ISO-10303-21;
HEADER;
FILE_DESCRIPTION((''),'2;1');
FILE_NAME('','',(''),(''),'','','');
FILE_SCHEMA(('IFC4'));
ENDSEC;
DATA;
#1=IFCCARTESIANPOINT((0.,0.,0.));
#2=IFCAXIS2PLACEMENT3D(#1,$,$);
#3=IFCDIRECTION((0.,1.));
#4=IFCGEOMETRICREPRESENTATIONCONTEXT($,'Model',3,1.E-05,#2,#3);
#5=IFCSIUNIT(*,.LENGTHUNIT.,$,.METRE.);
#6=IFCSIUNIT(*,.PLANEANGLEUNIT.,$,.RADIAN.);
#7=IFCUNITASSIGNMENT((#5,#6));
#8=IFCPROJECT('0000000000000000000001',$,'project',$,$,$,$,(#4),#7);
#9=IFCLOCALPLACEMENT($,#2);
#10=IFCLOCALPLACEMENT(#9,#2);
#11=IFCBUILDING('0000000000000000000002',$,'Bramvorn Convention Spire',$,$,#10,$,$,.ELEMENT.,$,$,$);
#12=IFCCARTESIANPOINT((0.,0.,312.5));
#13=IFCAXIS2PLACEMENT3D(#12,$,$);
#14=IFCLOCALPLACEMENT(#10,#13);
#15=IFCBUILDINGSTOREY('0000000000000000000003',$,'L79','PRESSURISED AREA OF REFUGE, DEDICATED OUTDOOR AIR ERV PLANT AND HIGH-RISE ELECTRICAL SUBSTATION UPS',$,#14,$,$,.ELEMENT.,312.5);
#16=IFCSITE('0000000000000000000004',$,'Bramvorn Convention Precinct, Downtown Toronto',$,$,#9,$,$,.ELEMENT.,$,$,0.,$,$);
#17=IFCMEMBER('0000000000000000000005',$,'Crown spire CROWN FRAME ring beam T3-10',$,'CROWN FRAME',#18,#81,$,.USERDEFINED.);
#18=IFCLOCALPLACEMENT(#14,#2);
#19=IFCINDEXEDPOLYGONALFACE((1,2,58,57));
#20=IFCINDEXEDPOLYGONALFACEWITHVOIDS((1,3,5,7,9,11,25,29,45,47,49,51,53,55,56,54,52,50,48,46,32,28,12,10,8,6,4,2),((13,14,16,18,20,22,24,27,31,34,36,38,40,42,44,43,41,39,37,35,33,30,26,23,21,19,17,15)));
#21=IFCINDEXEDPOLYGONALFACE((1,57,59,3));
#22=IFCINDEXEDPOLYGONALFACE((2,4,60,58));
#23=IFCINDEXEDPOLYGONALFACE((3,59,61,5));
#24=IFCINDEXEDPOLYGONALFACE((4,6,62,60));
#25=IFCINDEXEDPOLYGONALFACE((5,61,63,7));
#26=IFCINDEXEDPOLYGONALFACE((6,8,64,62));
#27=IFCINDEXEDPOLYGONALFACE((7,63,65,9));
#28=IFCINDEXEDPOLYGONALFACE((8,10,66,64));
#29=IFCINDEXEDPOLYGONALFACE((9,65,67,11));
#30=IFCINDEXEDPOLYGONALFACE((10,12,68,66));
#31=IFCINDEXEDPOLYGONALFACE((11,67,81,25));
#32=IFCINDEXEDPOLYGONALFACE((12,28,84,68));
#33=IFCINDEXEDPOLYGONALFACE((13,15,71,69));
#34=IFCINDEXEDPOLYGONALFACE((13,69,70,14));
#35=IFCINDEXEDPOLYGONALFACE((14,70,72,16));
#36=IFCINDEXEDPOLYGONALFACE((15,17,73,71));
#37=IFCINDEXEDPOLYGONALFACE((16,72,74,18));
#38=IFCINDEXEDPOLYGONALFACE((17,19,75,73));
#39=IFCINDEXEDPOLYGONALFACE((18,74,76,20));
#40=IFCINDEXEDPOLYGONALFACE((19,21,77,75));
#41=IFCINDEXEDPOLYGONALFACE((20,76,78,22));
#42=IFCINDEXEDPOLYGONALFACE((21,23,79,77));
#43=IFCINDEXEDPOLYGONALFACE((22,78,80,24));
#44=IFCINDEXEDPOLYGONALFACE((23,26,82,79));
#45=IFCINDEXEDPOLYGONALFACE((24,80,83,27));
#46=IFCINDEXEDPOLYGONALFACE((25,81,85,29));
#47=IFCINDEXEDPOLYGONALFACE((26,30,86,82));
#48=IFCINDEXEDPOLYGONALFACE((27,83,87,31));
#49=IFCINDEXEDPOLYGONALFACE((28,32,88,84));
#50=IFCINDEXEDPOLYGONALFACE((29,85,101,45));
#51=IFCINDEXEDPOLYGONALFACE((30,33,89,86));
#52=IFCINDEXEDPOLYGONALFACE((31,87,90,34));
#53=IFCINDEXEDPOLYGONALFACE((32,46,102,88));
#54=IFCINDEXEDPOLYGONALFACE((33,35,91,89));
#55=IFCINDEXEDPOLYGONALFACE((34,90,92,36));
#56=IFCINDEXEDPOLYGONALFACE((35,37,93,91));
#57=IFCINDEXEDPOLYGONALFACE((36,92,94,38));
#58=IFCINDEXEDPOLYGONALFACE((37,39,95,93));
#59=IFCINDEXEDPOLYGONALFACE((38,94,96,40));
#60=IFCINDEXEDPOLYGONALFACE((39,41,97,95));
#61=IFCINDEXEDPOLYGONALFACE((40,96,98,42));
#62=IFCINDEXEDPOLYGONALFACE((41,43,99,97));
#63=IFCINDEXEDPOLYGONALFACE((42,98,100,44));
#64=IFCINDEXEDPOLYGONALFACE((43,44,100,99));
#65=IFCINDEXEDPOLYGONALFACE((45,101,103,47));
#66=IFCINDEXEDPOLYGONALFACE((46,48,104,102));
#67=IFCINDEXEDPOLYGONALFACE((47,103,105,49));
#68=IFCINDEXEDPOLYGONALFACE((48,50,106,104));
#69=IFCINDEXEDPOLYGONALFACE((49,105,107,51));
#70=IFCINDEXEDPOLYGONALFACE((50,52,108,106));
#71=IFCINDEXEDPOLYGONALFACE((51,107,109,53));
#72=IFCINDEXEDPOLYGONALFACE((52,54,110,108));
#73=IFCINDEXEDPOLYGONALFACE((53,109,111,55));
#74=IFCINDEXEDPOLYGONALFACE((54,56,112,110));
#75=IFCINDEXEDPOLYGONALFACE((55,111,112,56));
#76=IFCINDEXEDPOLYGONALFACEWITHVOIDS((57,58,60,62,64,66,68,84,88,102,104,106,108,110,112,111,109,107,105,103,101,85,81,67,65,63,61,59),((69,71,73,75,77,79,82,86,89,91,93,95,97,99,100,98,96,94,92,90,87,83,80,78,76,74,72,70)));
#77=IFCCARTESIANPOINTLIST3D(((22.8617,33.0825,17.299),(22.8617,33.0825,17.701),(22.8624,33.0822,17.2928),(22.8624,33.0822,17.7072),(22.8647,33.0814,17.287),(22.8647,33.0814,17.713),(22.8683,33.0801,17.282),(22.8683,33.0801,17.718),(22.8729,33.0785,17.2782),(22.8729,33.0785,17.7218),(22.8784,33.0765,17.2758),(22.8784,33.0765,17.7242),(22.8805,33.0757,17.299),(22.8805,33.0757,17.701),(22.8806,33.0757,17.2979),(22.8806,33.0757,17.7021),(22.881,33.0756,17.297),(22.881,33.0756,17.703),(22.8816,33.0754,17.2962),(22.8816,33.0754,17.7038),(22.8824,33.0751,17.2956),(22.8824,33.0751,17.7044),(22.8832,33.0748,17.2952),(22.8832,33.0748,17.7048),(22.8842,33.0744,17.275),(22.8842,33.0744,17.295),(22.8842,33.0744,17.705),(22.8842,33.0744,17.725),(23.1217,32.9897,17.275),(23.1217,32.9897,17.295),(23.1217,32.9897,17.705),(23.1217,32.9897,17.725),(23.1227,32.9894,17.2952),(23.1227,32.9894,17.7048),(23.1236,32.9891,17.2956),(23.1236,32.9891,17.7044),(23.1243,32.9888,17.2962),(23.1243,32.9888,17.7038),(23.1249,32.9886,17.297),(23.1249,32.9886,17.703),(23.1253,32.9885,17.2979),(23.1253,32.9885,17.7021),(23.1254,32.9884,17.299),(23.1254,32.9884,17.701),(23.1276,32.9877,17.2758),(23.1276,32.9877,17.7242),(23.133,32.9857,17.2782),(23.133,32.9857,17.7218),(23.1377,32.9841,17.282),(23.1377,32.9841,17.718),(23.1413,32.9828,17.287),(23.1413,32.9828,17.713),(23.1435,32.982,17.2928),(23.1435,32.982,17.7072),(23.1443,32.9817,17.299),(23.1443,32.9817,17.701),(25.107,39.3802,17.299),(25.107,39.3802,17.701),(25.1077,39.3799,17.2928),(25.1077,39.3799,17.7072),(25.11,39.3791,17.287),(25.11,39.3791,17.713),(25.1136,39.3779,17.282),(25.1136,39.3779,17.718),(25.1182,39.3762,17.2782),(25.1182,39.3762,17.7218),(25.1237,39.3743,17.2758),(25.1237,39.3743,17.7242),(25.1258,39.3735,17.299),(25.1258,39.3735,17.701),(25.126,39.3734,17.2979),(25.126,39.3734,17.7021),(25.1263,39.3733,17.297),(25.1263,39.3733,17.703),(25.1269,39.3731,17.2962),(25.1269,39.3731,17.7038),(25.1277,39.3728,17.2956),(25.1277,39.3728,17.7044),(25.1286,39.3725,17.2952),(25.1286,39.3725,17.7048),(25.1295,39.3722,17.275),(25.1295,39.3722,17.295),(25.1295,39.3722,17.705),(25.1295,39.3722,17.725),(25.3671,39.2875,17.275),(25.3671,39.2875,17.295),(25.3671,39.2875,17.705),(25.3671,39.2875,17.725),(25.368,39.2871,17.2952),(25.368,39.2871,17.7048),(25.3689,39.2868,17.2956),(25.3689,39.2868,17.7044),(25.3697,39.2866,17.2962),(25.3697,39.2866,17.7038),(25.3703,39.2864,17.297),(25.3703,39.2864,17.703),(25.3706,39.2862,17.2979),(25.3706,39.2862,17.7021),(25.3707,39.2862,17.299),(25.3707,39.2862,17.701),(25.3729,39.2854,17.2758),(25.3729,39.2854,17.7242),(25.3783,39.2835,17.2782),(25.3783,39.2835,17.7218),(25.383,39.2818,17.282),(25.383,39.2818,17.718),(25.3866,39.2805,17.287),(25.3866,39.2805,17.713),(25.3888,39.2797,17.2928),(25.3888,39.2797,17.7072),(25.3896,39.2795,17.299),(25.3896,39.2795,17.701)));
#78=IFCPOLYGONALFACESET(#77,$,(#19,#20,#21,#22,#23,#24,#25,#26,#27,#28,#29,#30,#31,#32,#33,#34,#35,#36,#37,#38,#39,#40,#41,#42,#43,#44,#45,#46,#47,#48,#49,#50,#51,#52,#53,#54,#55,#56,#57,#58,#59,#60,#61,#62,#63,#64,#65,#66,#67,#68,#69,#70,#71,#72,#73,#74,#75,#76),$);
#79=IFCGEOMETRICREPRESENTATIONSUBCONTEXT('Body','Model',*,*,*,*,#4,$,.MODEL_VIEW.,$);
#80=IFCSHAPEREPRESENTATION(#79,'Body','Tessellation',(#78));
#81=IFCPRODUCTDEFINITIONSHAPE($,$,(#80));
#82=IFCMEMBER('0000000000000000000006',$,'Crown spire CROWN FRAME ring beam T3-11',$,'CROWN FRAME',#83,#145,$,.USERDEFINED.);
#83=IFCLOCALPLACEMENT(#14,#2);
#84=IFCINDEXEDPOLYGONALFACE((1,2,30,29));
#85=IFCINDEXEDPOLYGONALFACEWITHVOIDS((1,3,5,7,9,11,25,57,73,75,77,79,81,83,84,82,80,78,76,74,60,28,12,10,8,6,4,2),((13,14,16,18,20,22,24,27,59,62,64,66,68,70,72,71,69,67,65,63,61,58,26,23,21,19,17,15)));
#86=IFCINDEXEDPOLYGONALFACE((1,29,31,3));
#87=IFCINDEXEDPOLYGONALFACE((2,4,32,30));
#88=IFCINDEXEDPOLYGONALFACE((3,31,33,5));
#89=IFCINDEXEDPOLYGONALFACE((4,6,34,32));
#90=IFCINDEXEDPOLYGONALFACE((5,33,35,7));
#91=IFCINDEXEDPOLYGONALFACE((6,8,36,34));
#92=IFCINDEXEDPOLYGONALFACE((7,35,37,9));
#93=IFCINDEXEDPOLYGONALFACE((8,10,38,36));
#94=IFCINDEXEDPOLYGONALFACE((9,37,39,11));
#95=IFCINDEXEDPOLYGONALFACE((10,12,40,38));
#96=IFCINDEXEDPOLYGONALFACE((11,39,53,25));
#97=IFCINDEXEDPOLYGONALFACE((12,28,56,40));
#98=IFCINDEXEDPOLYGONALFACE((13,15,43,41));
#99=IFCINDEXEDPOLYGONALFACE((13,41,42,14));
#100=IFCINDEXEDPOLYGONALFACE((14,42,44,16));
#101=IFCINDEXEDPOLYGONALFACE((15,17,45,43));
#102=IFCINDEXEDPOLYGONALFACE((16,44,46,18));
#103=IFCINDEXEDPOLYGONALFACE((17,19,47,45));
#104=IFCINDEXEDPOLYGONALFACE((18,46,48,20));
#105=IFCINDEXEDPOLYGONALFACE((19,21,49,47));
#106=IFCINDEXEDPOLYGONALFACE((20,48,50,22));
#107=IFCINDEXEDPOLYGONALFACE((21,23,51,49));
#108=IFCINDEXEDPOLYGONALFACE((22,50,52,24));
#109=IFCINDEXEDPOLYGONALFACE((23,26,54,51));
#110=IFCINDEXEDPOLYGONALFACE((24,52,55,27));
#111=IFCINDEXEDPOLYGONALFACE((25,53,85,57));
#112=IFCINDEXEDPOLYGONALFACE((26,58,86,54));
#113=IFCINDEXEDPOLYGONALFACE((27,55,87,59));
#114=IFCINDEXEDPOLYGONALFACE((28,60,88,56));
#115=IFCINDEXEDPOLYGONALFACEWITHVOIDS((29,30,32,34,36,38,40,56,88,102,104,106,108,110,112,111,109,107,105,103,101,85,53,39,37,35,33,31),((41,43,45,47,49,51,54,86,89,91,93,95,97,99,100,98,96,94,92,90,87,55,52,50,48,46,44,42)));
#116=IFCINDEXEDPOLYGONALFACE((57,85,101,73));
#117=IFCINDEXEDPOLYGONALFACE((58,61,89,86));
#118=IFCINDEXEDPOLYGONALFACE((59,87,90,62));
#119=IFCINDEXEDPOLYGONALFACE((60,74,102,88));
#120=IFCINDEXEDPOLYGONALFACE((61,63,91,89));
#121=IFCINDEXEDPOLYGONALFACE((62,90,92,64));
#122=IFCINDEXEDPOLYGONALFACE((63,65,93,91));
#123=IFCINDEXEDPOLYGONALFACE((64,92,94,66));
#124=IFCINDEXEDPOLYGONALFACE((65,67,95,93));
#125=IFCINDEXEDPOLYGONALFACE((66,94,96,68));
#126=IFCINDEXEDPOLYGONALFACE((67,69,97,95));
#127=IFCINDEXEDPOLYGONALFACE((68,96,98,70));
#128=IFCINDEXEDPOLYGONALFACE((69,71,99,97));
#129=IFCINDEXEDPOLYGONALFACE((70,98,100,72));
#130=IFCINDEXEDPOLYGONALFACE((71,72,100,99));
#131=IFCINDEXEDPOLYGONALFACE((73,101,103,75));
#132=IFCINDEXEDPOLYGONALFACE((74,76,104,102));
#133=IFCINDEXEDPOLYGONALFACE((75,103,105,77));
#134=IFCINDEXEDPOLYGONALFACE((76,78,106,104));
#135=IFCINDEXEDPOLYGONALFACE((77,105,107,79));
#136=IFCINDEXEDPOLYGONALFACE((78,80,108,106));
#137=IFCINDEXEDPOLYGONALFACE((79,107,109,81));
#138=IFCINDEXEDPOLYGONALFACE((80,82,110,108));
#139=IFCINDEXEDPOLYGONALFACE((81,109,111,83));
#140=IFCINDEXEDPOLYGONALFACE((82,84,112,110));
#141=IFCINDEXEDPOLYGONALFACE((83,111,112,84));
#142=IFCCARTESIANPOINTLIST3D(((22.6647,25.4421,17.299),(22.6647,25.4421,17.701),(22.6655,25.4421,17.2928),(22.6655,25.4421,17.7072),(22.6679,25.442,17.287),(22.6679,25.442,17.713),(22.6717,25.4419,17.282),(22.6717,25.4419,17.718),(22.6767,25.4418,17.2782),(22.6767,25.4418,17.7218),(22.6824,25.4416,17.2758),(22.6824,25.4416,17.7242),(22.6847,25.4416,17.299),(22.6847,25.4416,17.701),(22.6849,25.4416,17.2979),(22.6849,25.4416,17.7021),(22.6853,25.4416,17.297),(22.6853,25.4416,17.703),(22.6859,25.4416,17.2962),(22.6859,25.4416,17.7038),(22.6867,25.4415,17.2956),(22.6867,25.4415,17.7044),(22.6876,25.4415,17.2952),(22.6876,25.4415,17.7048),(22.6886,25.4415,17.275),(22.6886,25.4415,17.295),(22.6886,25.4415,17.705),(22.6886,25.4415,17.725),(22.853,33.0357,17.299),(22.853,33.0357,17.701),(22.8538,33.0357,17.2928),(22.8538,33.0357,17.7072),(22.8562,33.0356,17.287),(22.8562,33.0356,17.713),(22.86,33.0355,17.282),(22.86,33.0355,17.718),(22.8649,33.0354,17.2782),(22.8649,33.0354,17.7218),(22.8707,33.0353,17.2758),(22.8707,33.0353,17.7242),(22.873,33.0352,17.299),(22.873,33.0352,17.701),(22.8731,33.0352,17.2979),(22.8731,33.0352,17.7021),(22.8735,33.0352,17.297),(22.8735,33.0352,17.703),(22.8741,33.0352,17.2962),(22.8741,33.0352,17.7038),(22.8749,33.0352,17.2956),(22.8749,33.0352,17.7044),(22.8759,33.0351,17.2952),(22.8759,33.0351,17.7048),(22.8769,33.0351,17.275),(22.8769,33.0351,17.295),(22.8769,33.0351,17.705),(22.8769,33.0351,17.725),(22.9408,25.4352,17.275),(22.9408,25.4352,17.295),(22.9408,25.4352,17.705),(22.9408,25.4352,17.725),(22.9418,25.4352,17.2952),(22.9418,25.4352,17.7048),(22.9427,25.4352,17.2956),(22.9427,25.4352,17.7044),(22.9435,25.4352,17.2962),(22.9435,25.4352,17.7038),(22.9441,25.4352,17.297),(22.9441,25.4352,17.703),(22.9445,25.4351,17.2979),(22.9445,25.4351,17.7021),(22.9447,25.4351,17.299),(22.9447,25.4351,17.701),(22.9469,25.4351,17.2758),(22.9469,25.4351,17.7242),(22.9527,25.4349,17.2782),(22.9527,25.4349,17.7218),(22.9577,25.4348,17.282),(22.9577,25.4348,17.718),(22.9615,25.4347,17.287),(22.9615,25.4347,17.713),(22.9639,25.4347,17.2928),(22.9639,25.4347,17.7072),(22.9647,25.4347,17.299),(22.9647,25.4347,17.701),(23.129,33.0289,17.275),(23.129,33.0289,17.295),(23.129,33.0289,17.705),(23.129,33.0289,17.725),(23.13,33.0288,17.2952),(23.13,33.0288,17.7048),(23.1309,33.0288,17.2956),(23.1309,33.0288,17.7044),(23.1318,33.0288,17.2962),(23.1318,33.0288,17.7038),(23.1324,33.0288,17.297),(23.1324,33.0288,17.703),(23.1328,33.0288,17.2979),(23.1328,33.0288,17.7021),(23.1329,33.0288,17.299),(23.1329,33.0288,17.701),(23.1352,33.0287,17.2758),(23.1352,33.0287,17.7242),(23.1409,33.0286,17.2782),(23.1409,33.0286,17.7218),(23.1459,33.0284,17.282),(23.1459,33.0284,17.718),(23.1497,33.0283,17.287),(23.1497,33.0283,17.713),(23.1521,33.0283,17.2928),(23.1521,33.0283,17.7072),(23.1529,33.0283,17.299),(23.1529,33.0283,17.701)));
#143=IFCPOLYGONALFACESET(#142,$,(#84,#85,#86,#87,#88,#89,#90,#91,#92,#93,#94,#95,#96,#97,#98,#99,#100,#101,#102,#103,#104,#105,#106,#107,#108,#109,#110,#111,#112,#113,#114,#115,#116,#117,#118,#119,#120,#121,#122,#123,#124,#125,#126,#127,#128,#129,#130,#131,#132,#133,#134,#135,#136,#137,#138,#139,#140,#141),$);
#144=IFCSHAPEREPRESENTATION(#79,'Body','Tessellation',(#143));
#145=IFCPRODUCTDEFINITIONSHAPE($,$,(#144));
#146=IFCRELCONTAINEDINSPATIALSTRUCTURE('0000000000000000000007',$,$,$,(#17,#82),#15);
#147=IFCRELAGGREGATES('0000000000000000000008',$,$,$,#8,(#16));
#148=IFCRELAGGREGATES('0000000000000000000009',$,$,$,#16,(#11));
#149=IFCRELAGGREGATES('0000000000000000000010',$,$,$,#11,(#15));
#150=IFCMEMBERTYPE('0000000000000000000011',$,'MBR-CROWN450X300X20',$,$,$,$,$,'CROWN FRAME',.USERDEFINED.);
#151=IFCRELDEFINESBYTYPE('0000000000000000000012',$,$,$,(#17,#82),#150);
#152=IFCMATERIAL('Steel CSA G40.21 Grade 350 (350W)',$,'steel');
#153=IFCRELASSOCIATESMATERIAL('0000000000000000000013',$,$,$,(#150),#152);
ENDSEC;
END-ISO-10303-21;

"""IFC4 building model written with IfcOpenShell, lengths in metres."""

from ifc_helpers import new_model, si_unit, direction, frame, origin, origin_2d, place, context, subcontext, project, spatial, hollow_rectangle, extrude, material, material_profile, profile_set, type_object, element, save


model = new_model("IFC4")

# Units and contexts
model_context = context("Model", 3, precision=1e-05, world=origin(), true_north=direction((0.0, 1.0)))
body_context = subcontext(model_context, "Body", "Model", "MODEL_VIEW")
ifc_project = project(units=[si_unit("LENGTHUNIT", "METRE"), si_unit("PLANEANGLEUNIT", "RADIAN")], contexts=[model_context])

# Site, building, storey
site_placement = place(None, origin())
site = spatial("IfcSite", under=ifc_project, at=site_placement, Name="Bramvorn Convention Precinct, Downtown Toronto", CompositionType="ELEMENT", RefElevation=0.0)
building_placement = place(site_placement, origin())
building = spatial("IfcBuilding", under=site, at=building_placement, Name="Bramvorn Convention Spire", CompositionType="ELEMENT")
storey_placement = place(building_placement, frame((0.0, 0.0, 312.5)))
storey = spatial("IfcBuildingStorey", under=building, at=storey_placement, Name="L79", Description="PRESSURISED AREA OF REFUGE, DEDICATED OUTDOOR AIR ERV PLANT AND HIGH-RISE ELECTRICAL SUBSTATION UPS", CompositionType="ELEMENT", Elevation=312.5)

# Members
ifc_material_1 = material(Name="Steel CSA G40.21 Grade 350 (350W)", Category="steel")
ifc_material_profile = material_profile(ifc_material_1, hollow_rectangle(XDim=0.3, YDim=0.45, WallThickness=0.02, InnerFilletRadius=0.0039, OuterFilletRadius=0.0239, at=origin_2d()))
ifc_profile_set = profile_set([ifc_material_profile], Name="Steel CSA G40.21 Grade 350 (350W) - CROWN450X300X20")
member_type = type_object("IfcMemberType", Name="MBR-CROWN450X300X20", ElementType="CROWN FRAME", PredefinedType="USERDEFINED", material=ifc_profile_set)
member_1_placement = place(storey_placement, frame((25.2483, 39.3298, 17.5), z_axis=(-0.335823, -0.941925, 0.0), x_axis=(0.941925, -0.335823, 0.0)))
element("IfcMember", 1, at=member_1_placement, inside=storey, type_object=member_type, Name="Crown spire CROWN FRAME ring beam T3-10", ObjectType="CROWN FRAME", PredefinedType="USERDEFINED", context=body_context, shape_type="SweptSolid", body=[
    extrude(hollow_rectangle(XDim=0.3, YDim=0.45, WallThickness=0.02, InnerFilletRadius=0.0039, OuterFilletRadius=0.0239, at=origin_2d()), origin(), (0.0, 0.0, 1.0), 6.686),
])
member_2_placement = place(storey_placement, frame((23.0029, 33.032, 17.5), z_axis=(-0.024781, -0.999693, 0.0), x_axis=(0.999693, -0.024781, 0.0)))
element("IfcMember", 2, at=member_2_placement, inside=storey, type_object=member_type, Name="Crown spire CROWN FRAME ring beam T3-11", ObjectType="CROWN FRAME", PredefinedType="USERDEFINED", context=body_context, shape_type="SweptSolid", body=[
    extrude(hollow_rectangle(XDim=0.3, YDim=0.45, WallThickness=0.02, InnerFilletRadius=0.0039, OuterFilletRadius=0.0239, at=origin_2d()), origin(), (0.0, 0.0, 1.0), 7.5959),
])

save(model, "model.ifc")
